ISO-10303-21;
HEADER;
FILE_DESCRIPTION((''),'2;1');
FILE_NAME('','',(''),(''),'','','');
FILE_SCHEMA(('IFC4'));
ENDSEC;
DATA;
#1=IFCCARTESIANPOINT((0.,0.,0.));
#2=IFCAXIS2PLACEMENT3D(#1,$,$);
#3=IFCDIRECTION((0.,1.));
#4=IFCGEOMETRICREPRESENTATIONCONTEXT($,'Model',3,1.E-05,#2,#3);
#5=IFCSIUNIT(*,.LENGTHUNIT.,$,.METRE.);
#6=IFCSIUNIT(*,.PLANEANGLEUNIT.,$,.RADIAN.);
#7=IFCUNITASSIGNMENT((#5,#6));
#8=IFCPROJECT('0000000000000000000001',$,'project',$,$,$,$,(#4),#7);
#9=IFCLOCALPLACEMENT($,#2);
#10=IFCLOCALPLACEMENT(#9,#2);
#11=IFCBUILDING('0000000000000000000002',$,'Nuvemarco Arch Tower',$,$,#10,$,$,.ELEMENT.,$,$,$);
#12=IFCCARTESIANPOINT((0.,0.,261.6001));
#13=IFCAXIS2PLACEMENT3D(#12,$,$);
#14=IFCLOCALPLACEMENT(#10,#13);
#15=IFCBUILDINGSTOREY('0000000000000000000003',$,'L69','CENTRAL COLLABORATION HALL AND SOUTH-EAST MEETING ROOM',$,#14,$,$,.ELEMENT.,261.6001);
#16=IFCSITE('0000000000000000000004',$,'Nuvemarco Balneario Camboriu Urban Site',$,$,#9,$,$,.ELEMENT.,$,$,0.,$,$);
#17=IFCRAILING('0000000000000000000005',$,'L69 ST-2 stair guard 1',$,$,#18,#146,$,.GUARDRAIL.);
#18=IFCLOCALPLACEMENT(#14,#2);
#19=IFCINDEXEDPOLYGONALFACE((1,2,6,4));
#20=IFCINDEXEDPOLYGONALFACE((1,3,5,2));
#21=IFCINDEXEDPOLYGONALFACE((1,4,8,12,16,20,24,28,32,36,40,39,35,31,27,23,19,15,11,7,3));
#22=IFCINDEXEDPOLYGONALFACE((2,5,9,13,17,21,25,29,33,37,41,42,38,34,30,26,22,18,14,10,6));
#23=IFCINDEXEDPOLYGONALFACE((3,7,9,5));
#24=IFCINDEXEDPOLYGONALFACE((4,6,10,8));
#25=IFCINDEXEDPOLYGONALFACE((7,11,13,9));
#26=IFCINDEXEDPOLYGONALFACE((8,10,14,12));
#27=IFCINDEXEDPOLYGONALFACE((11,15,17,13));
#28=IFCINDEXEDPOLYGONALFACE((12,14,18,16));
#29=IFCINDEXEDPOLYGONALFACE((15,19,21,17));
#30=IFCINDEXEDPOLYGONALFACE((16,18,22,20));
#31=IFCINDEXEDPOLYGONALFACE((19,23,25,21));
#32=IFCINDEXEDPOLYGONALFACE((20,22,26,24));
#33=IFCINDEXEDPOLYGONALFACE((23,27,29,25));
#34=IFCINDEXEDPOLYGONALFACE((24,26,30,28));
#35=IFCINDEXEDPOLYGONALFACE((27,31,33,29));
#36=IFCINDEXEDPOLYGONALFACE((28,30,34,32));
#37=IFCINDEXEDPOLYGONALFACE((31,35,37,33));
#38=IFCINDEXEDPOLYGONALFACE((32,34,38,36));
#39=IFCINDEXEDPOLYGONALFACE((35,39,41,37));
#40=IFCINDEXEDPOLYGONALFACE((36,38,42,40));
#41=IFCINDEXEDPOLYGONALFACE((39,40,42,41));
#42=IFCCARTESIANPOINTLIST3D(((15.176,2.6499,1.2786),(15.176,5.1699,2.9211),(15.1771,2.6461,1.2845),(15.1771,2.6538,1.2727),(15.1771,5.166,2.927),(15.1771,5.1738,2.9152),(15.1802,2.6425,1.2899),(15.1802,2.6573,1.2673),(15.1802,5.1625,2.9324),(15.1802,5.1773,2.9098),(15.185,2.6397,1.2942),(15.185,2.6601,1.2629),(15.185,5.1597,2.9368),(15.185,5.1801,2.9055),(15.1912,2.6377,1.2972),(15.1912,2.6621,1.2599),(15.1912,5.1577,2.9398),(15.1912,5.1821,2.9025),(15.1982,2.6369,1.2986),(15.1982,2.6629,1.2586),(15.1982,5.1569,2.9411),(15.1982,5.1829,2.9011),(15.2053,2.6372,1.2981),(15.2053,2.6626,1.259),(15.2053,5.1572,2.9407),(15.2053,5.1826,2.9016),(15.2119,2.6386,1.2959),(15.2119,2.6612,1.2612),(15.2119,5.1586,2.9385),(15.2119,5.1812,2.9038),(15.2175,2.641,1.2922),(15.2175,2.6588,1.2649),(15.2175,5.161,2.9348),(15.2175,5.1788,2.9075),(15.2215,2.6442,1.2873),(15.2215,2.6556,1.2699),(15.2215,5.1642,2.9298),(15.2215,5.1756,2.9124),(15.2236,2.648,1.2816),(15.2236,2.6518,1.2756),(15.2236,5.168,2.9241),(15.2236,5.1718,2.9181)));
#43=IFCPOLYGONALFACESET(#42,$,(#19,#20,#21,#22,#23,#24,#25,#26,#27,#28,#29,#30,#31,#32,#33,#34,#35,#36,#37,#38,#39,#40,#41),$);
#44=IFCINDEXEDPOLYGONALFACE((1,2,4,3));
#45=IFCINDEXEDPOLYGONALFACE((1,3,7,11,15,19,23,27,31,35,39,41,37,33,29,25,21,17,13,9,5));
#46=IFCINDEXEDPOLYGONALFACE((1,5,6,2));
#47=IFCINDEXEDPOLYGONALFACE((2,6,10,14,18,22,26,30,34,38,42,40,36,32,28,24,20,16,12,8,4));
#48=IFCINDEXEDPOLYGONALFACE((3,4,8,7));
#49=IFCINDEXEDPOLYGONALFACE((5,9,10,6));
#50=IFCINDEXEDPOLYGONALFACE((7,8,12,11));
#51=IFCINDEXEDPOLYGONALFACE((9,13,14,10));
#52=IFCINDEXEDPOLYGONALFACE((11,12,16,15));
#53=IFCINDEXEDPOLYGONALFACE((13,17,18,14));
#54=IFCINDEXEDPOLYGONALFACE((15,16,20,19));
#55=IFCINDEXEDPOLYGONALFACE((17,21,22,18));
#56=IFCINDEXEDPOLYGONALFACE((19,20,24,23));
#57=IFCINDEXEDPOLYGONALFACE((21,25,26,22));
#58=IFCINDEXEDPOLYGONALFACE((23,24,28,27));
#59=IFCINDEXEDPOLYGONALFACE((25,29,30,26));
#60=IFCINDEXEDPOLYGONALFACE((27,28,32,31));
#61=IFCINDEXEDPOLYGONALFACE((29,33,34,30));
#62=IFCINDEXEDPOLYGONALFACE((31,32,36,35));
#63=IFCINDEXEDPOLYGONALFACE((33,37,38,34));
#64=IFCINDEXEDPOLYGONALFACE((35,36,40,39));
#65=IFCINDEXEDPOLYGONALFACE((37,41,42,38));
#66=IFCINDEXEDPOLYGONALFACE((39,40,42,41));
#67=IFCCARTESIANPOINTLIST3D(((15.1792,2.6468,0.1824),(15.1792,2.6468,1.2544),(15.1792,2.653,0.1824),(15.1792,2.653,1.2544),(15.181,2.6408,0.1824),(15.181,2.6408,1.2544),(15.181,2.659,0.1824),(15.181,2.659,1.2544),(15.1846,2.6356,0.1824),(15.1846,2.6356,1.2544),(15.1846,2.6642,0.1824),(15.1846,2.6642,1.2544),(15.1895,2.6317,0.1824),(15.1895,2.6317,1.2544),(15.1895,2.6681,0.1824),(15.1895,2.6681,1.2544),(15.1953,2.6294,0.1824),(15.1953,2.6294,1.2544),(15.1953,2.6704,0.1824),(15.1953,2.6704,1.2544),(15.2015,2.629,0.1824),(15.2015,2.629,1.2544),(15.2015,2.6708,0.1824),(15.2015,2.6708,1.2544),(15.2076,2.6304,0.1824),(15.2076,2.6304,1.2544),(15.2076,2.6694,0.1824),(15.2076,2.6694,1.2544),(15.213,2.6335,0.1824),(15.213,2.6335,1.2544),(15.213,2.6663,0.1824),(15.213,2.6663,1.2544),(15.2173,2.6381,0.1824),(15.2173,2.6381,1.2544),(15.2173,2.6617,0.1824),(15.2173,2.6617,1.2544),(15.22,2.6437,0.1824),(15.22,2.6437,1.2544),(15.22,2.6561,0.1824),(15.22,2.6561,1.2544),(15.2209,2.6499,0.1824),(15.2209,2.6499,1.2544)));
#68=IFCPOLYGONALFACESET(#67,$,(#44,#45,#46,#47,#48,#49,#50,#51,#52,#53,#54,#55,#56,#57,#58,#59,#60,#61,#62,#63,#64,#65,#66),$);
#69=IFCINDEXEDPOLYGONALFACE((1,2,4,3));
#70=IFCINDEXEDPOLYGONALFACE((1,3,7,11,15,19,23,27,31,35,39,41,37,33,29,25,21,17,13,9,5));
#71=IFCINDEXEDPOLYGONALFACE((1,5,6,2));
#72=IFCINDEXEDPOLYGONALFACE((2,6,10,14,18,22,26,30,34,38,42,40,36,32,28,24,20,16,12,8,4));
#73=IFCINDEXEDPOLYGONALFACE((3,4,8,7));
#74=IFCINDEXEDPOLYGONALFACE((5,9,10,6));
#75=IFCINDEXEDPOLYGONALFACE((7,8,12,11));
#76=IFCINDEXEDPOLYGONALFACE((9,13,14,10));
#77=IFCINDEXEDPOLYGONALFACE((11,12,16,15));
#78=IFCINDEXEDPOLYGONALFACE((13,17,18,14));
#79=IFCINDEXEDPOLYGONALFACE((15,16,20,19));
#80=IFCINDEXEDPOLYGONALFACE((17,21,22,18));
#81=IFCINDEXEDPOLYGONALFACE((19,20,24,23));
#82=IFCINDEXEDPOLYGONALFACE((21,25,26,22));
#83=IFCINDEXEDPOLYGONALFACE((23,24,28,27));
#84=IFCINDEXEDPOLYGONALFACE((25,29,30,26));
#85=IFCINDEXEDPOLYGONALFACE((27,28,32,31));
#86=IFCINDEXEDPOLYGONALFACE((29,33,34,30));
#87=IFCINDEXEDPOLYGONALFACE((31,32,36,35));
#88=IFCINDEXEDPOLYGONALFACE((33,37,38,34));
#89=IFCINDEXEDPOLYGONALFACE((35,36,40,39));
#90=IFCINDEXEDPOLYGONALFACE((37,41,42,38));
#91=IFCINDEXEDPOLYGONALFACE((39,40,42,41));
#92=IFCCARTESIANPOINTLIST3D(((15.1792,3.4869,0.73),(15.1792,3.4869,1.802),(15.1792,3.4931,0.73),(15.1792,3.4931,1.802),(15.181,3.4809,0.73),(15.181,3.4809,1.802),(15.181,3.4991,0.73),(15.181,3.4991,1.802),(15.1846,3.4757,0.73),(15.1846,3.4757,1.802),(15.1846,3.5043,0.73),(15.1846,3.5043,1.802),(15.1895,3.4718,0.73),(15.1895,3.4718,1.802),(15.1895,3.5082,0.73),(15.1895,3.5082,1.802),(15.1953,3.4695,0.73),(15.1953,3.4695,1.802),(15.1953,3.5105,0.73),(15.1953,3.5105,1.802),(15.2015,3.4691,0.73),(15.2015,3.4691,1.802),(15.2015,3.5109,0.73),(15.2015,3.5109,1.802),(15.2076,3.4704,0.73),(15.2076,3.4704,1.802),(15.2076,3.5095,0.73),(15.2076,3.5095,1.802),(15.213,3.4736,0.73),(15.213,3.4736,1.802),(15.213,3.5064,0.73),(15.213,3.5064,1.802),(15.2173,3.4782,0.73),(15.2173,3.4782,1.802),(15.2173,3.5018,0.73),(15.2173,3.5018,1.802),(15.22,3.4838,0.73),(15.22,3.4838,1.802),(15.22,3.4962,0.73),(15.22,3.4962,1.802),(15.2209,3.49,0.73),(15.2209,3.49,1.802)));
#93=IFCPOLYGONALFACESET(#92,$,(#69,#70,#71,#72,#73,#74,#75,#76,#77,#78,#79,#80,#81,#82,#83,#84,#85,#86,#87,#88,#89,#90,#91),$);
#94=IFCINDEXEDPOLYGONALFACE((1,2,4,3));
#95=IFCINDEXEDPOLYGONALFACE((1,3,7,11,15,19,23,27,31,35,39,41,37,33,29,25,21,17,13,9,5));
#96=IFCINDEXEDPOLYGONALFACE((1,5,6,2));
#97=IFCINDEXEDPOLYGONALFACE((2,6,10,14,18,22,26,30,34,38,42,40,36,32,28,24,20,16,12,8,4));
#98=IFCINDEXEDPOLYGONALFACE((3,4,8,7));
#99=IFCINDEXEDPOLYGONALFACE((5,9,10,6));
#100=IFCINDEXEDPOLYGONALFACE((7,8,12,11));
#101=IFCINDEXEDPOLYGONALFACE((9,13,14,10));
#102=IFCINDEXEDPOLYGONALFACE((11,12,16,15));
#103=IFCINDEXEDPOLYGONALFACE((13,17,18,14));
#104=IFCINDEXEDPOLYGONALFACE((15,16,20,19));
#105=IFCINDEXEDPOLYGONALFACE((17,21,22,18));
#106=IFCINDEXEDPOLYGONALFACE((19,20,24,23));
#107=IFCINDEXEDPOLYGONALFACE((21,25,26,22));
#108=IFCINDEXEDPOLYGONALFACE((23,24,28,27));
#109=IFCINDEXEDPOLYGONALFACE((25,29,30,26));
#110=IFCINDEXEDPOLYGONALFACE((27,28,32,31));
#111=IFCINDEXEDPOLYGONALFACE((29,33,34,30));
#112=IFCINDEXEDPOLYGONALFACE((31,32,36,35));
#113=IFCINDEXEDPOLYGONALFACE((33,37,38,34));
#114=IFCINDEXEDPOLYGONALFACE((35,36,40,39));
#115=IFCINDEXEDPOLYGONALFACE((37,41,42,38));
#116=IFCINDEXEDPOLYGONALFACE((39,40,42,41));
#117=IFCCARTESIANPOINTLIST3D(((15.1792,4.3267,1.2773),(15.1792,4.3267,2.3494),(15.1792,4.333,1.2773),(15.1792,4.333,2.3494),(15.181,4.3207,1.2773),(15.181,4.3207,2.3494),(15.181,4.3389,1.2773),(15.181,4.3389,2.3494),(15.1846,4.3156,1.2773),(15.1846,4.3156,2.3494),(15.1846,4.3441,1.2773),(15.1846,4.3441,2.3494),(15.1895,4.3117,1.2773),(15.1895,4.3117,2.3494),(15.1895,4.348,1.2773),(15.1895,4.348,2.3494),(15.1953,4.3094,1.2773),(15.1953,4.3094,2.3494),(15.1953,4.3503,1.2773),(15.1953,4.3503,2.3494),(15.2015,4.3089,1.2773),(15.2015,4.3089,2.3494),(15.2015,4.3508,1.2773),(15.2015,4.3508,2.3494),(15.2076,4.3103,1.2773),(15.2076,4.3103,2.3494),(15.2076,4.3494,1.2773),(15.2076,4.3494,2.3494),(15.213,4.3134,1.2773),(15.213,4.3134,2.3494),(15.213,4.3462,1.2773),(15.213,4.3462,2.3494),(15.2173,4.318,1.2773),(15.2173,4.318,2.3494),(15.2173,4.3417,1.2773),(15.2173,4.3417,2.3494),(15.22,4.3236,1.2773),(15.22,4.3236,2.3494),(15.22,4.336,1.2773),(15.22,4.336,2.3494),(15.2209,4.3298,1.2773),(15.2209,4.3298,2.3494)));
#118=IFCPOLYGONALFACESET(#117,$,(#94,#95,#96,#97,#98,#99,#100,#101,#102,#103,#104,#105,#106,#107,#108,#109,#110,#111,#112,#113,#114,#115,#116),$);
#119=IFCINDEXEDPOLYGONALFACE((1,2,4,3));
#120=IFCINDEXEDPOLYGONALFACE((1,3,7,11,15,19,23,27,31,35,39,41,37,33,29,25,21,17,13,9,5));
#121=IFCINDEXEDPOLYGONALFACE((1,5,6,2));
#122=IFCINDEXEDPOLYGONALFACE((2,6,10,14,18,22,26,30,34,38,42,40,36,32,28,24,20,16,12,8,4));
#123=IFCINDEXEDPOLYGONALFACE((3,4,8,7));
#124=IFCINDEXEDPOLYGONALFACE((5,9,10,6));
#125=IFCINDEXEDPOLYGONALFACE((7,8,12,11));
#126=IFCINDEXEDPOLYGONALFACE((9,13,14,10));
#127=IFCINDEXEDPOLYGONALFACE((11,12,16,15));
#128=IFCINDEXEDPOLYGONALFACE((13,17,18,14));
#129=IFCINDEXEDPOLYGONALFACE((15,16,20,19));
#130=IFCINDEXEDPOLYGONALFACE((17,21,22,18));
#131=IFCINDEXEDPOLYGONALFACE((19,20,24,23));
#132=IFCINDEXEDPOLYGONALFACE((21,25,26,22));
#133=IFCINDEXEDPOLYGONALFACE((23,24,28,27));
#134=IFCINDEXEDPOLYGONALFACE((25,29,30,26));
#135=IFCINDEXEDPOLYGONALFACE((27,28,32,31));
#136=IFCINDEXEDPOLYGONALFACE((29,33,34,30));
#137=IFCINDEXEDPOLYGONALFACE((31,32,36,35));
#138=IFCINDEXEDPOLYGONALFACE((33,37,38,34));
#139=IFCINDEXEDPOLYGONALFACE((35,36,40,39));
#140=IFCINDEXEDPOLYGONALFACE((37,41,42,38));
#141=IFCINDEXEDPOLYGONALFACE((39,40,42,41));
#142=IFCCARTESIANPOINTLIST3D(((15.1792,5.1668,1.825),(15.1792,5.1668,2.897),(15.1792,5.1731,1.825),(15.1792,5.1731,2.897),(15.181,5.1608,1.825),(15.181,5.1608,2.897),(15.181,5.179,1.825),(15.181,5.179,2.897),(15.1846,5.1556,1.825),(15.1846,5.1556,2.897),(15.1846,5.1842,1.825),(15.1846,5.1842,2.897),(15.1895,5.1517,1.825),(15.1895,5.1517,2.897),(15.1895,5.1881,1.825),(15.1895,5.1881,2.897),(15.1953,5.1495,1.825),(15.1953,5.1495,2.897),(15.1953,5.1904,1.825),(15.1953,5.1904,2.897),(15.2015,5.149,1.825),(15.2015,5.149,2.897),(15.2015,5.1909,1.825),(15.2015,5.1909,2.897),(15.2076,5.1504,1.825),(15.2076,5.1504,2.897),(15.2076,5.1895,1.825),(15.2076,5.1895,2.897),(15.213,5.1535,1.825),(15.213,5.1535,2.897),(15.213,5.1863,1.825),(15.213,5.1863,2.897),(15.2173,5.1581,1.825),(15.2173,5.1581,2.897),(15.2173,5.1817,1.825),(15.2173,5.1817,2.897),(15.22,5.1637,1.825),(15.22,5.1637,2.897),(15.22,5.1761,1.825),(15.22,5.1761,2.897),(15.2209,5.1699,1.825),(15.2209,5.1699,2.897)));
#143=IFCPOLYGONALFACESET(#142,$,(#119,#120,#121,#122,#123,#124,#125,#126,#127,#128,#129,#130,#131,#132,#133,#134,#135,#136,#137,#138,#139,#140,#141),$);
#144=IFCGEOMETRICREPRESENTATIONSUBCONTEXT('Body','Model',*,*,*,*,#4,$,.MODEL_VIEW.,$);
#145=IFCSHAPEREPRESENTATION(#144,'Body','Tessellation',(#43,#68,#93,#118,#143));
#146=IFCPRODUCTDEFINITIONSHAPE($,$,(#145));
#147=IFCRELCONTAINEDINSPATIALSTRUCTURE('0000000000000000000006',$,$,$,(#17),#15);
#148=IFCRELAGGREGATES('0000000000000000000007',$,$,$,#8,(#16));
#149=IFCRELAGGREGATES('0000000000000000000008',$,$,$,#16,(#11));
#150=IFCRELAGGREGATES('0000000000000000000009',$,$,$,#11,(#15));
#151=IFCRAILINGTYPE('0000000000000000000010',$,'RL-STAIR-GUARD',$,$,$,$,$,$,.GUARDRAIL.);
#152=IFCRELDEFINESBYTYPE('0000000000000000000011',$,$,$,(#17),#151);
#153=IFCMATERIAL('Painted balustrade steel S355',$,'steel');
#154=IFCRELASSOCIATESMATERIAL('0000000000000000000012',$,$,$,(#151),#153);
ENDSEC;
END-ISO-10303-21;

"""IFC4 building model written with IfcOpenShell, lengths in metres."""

from ifc_helpers import new_model, si_unit, direction, frame, origin, origin_2d, place, context, subcontext, project, spatial, circle, extrude, material, type_object, element, save


model = new_model("IFC4")

# Units and contexts
model_context = context("Model", 3, precision=1e-05, world=origin(), true_north=direction((0.0, 1.0)))
body_context = subcontext(model_context, "Body", "Model", "MODEL_VIEW")
ifc_project = project(units=[si_unit("LENGTHUNIT", "METRE"), si_unit("PLANEANGLEUNIT", "RADIAN")], contexts=[model_context])

# Site, building, storey
site_placement = place(None, origin())
site = spatial("IfcSite", under=ifc_project, at=site_placement, Name="Nuvemarco Balneario Camboriu Urban Site", CompositionType="ELEMENT", RefElevation=0.0)
building_placement = place(site_placement, origin())
building = spatial("IfcBuilding", under=site, at=building_placement, Name="Nuvemarco Arch Tower", CompositionType="ELEMENT")
storey_placement = place(building_placement, frame((0.0, 0.0, 261.6001)))
storey = spatial("IfcBuildingStorey", under=building, at=storey_placement, Name="L69", Description="CENTRAL COLLABORATION HALL AND SOUTH-EAST MEETING ROOM", CompositionType="ELEMENT", Elevation=261.6001)

# Railing
ifc_material_1 = material(Name="Painted balustrade steel S355", Category="steel")
railing_type_1 = type_object("IfcRailingType", Name="RL-STAIR-GUARD", PredefinedType="GUARDRAIL", material=ifc_material_1)
railing_1_placement = place(storey_placement, frame((15.2, 2.6499, 0.1824)))
element("IfcRailing", 1, at=railing_1_placement, inside=storey, type_object=railing_type_1, Name="L69 ST-2 stair guard 1", PredefinedType="GUARDRAIL", context=body_context, shape_type="SweptSolid", body=[
    extrude(circle(Radius=0.0239, at=origin_2d()), frame((0.0, 0.0, 1.0962), z_axis=(0.0, 0.837749, 0.546055), x_axis=(-1.0, 0.0, 0.0)), (0.0, 0.0, 1.0), 3.0081),
    extrude(circle(Radius=0.021, at=origin_2d()), origin(), (0.0, 0.0, 1.0), 1.072),
    extrude(circle(Radius=0.021, at=origin_2d()), frame((0.0, 0.8401, 0.5476)), (0.0, 0.0, 1.0), 1.072),
    extrude(circle(Radius=0.021, at=origin_2d()), frame((0.0, 1.6799, 1.095)), (0.0, 0.0, 1.0), 1.072),
    extrude(circle(Radius=0.021, at=origin_2d()), frame((0.0, 2.52, 1.6426)), (0.0, 0.0, 1.0), 1.072),
])

save(model, "model.ifc")
